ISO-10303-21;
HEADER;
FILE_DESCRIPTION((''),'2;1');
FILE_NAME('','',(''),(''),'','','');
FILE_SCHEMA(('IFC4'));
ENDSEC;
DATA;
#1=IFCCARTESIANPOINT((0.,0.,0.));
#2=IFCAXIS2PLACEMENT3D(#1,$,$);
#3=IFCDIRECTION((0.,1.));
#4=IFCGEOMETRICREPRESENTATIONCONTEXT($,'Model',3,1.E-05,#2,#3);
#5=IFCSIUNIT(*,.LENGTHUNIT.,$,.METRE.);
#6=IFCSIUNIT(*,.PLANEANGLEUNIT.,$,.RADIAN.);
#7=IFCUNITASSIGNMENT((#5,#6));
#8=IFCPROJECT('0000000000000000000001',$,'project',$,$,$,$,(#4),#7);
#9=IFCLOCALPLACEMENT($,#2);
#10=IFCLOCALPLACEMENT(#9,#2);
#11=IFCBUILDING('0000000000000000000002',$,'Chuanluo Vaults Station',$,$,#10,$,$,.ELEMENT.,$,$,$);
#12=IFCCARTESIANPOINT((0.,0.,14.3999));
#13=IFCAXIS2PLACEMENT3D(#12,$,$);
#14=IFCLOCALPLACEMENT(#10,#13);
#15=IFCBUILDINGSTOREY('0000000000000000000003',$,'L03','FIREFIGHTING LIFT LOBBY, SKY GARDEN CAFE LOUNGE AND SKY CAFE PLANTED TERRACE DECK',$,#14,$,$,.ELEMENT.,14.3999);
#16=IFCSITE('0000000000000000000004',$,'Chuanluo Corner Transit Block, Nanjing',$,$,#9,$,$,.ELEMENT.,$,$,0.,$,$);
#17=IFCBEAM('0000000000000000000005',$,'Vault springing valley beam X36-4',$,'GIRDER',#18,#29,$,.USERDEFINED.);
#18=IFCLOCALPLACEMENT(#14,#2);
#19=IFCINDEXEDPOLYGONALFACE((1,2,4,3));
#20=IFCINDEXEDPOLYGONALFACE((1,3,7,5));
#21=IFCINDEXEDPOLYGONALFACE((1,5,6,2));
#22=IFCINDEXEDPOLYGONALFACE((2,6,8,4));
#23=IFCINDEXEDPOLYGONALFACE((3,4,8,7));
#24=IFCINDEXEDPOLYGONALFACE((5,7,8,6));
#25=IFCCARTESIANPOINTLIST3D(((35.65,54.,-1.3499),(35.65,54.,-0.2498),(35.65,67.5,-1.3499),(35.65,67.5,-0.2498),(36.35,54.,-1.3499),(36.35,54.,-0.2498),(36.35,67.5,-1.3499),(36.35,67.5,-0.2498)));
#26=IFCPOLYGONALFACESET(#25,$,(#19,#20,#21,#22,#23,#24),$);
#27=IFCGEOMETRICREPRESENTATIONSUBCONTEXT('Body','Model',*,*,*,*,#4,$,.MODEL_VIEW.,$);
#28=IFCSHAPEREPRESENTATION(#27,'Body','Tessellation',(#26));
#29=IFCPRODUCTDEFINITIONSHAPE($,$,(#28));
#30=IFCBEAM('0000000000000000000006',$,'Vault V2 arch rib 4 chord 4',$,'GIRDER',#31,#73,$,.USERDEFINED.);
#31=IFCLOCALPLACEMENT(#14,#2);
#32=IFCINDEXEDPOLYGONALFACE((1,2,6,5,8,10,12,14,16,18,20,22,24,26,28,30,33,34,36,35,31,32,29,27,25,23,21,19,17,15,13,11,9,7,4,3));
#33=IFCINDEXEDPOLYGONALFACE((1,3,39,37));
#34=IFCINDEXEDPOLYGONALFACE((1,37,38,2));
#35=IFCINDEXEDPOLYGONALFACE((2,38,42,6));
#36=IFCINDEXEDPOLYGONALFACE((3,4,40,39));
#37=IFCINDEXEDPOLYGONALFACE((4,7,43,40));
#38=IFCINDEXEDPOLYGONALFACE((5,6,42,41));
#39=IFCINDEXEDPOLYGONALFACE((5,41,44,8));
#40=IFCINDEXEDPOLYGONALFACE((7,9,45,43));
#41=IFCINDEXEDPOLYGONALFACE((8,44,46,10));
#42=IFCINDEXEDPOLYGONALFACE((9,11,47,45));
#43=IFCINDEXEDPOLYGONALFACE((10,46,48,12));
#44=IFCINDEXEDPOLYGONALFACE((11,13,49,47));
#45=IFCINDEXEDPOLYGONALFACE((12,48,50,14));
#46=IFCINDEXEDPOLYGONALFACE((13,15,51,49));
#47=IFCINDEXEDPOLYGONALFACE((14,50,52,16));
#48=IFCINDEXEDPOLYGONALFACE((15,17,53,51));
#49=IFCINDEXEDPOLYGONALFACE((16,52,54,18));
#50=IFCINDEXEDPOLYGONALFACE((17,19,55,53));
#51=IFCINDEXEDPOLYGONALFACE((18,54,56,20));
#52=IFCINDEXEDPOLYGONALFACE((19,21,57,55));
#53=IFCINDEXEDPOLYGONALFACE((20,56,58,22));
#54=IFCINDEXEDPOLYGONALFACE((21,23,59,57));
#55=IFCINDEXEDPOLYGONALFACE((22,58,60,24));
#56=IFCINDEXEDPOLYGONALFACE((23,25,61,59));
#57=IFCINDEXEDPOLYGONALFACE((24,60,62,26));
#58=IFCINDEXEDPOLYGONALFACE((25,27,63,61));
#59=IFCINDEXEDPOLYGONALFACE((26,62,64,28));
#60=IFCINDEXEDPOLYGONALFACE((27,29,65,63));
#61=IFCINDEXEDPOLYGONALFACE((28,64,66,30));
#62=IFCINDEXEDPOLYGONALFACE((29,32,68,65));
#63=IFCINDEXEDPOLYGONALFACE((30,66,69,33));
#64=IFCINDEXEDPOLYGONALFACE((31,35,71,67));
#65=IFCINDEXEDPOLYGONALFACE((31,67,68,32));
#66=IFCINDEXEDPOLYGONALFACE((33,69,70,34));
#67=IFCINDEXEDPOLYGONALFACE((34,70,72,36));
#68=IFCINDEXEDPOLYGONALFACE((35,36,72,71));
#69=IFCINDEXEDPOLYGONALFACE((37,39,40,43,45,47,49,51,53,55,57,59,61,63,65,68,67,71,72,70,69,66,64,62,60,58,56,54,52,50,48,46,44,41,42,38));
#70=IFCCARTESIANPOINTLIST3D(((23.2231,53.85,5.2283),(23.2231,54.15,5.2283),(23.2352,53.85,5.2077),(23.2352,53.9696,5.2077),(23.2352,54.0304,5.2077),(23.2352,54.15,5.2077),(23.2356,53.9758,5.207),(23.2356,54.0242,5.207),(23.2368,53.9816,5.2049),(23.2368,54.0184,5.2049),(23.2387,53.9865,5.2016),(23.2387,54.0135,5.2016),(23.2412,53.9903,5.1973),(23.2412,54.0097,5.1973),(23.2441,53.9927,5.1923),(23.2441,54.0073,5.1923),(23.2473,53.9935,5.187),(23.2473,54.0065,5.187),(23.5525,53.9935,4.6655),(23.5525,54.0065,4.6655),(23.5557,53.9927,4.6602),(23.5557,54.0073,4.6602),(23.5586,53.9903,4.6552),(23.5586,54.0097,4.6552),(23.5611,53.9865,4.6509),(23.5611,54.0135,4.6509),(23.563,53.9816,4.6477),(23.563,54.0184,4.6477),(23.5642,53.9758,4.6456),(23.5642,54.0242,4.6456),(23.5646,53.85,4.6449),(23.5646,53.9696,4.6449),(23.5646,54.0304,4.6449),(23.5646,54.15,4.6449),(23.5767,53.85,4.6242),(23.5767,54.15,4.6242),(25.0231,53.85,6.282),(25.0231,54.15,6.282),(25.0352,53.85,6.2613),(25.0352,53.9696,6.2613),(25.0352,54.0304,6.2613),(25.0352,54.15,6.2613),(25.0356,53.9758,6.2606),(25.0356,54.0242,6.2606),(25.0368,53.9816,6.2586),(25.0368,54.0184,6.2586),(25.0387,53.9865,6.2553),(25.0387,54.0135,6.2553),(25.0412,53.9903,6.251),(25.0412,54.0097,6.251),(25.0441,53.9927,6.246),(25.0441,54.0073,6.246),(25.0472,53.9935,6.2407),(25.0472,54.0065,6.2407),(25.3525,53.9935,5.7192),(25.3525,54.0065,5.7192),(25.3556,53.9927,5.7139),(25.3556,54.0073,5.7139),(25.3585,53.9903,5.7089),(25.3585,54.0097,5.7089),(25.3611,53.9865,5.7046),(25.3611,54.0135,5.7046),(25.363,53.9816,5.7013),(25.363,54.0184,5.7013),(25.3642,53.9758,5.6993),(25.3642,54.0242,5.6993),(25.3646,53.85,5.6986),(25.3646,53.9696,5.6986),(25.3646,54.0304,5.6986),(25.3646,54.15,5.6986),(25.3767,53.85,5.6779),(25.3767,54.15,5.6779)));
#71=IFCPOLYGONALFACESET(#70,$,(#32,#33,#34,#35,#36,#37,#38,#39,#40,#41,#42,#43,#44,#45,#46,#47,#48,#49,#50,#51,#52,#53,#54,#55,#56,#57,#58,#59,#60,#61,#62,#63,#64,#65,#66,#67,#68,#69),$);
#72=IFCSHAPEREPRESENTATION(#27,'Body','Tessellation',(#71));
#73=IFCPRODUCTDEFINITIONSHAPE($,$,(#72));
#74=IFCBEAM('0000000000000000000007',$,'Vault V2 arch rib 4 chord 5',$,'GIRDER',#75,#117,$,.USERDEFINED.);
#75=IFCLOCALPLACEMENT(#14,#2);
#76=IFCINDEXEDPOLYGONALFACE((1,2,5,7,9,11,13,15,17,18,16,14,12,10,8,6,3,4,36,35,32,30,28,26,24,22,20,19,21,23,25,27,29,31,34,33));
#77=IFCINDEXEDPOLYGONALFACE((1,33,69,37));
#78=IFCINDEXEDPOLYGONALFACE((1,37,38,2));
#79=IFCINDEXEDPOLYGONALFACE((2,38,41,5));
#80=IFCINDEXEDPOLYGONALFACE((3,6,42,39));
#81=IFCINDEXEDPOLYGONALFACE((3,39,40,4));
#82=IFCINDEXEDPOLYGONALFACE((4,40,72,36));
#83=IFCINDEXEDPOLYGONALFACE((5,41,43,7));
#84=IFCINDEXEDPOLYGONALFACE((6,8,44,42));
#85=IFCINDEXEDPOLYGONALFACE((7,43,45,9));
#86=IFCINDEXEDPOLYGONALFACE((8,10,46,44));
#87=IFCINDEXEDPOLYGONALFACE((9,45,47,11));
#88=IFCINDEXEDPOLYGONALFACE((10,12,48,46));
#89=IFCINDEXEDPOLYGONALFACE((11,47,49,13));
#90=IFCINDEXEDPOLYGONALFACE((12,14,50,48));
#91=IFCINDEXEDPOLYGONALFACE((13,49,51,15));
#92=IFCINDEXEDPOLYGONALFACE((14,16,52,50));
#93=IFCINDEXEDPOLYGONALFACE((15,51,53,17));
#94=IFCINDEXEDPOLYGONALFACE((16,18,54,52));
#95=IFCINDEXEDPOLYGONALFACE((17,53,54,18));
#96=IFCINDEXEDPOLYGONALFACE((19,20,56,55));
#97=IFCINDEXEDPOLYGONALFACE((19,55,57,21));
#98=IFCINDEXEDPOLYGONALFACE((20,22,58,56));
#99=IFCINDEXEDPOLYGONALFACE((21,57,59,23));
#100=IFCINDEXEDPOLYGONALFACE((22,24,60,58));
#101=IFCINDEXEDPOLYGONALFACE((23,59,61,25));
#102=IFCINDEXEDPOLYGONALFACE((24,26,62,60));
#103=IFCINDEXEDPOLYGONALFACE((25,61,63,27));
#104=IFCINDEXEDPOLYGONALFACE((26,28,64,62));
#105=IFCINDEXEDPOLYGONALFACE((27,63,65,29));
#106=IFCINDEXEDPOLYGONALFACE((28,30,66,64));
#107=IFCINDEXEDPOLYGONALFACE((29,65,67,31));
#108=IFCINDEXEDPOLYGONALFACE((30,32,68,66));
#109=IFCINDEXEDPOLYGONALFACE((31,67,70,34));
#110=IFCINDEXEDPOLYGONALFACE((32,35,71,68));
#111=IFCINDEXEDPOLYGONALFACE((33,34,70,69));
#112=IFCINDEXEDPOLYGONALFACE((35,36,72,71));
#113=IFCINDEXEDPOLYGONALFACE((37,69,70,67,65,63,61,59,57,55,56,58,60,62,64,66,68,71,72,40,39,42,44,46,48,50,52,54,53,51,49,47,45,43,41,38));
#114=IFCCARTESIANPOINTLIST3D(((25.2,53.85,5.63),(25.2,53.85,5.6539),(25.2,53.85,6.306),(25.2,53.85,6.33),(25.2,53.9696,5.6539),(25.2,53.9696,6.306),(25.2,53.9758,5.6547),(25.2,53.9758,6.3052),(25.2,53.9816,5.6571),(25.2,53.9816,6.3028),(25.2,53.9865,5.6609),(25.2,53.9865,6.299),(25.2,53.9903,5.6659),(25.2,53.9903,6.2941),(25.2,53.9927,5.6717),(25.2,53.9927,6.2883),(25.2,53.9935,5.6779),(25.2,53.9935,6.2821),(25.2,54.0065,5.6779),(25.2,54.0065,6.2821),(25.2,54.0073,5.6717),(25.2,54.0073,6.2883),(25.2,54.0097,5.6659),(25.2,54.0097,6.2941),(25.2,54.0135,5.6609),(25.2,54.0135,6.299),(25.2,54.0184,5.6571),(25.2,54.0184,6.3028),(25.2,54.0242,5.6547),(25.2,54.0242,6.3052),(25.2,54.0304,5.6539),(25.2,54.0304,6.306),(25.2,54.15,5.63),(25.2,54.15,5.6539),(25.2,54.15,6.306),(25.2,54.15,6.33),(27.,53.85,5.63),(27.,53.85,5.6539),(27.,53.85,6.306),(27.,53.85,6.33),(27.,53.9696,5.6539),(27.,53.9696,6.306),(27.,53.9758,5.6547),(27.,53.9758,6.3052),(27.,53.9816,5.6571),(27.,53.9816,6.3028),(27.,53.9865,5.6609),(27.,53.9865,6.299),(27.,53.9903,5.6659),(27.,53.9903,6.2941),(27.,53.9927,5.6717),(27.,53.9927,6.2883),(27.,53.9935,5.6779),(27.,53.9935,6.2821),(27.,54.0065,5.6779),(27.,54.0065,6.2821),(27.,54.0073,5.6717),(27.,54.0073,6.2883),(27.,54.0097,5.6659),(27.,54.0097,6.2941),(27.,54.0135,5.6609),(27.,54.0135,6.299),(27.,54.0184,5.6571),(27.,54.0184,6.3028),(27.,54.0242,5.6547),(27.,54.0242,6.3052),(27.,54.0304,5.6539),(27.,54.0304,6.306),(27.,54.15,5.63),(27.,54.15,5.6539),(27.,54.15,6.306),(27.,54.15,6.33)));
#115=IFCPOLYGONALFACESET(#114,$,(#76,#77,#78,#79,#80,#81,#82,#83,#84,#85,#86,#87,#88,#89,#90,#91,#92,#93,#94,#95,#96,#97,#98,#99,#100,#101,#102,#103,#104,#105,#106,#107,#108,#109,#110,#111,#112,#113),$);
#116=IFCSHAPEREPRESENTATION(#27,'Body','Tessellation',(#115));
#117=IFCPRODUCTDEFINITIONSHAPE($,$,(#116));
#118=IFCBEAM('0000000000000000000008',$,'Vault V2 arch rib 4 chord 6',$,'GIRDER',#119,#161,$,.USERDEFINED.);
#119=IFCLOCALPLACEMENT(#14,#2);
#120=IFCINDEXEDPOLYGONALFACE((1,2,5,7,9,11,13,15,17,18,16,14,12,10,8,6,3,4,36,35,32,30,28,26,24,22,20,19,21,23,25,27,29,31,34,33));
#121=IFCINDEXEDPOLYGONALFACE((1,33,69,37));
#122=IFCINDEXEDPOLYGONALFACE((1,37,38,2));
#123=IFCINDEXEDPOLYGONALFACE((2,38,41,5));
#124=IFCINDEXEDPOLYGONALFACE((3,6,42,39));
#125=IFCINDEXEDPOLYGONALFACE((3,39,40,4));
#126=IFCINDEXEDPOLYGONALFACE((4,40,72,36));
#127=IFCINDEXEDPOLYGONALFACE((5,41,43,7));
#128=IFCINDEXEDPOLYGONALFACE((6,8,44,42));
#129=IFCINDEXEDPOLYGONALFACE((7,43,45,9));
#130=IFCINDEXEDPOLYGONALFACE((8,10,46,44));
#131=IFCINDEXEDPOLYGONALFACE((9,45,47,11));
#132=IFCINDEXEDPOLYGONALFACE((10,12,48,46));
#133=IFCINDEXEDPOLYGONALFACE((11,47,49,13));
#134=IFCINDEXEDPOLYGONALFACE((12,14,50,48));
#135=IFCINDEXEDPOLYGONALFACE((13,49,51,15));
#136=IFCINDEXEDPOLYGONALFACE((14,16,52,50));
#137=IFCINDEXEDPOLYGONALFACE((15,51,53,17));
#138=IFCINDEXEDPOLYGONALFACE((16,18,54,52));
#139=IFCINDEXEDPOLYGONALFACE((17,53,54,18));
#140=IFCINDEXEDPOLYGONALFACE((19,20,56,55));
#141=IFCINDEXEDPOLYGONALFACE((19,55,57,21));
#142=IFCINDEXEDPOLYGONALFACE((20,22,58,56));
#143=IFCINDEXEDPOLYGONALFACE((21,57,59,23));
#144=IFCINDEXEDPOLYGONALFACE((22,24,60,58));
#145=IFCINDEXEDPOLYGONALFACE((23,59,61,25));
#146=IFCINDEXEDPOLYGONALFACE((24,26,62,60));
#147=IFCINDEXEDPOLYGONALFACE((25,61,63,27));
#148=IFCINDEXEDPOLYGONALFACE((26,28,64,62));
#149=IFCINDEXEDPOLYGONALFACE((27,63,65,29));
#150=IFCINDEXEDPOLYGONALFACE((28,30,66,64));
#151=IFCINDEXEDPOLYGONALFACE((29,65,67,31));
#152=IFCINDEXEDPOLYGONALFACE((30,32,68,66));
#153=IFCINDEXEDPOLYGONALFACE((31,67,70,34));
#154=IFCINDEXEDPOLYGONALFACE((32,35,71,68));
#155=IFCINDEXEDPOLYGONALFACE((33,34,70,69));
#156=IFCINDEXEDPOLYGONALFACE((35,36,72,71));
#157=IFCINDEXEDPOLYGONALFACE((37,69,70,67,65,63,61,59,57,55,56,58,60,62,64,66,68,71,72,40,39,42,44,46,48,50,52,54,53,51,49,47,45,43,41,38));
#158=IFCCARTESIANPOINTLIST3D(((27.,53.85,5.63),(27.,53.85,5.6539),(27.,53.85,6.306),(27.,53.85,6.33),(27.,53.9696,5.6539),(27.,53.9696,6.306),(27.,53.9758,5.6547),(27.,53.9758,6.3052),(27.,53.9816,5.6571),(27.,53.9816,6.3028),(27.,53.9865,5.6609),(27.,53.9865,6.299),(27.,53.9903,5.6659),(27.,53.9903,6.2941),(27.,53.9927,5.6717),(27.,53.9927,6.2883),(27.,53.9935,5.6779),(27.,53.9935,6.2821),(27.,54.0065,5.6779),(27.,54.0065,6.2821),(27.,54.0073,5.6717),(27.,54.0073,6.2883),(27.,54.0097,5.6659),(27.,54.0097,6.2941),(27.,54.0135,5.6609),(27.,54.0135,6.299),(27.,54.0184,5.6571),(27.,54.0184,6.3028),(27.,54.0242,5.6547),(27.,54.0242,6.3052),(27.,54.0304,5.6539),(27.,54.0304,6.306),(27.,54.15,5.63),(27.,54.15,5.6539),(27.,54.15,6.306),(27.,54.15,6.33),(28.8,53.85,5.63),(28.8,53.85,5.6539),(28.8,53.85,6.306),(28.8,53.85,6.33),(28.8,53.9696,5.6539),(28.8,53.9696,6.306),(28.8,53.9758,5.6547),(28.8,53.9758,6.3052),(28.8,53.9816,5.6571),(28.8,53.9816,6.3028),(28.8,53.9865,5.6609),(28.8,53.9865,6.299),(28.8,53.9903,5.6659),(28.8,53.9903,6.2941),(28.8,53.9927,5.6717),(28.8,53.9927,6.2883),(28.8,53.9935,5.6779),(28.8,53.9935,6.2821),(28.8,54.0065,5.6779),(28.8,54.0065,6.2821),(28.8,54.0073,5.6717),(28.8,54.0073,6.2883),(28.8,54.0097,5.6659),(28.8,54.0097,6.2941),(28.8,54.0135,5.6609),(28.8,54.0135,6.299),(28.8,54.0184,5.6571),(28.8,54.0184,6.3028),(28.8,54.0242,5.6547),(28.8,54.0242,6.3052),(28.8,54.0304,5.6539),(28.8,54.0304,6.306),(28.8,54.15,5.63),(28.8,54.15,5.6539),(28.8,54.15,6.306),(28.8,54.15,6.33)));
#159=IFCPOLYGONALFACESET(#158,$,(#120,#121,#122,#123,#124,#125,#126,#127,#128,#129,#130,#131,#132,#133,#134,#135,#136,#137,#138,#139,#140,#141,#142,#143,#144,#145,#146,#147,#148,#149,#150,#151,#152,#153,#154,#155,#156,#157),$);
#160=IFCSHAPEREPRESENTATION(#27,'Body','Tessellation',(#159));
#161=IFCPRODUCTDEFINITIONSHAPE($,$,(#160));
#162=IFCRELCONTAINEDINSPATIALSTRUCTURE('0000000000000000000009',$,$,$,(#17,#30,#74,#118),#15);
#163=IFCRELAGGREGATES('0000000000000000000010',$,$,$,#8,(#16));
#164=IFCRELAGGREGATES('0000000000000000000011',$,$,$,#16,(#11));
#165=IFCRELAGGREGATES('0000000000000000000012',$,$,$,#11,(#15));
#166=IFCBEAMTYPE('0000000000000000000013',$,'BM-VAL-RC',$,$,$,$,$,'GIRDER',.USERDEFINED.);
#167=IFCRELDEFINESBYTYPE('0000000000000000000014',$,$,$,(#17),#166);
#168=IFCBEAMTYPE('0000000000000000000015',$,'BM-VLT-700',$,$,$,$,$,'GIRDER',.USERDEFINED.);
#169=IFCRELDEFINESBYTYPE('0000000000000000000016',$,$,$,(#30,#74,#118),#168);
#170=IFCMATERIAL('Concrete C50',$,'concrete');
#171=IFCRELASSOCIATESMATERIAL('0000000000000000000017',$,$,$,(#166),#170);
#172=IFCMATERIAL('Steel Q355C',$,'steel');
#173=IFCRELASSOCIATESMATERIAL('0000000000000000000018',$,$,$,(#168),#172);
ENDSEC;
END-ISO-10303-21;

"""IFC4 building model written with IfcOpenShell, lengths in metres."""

from ifc_helpers import new_model, si_unit, direction, frame, origin, origin_2d, place, context, subcontext, project, spatial, rectangle, i_section, extrude, material, material_profile, profile_set, type_object, element, save


model = new_model("IFC4")

# Units and contexts
model_context = context("Model", 3, precision=1e-05, world=origin(), true_north=direction((0.0, 1.0)))
body_context = subcontext(model_context, "Body", "Model", "MODEL_VIEW")
ifc_project = project(units=[si_unit("LENGTHUNIT", "METRE"), si_unit("PLANEANGLEUNIT", "RADIAN")], contexts=[model_context])

# Site, building, storey
site_placement = place(None, origin())
site = spatial("IfcSite", under=ifc_project, at=site_placement, Name="Chuanluo Corner Transit Block, Nanjing", CompositionType="ELEMENT", RefElevation=0.0)
building_placement = place(site_placement, origin())
building = spatial("IfcBuilding", under=site, at=building_placement, Name="Chuanluo Vaults Station", CompositionType="ELEMENT")
storey_placement = place(building_placement, frame((0.0, 0.0, 14.3999)))
storey = spatial("IfcBuildingStorey", under=building, at=storey_placement, Name="L03", Description="FIREFIGHTING LIFT LOBBY, SKY GARDEN CAFE LOUNGE AND SKY CAFE PLANTED TERRACE DECK", CompositionType="ELEMENT", Elevation=14.3999)

# Beams
ifc_material_1 = material(Name="Concrete C50", Category="concrete")
ifc_material_profile_1 = material_profile(ifc_material_1, rectangle(XDim=0.7, YDim=1.1001, at=origin_2d()))
ifc_profile_set_1 = profile_set([ifc_material_profile_1], Name="Concrete C50")
beam_type_1 = type_object("IfcBeamType", Name="BM-VAL-RC", ElementType="GIRDER", PredefinedType="USERDEFINED", material=ifc_profile_set_1)
beam_1_placement = place(storey_placement, frame((36.0, 54.0, -0.7998), z_axis=(0.0, 1.0, 0.0), x_axis=(-1.0, 0.0, 0.0)))
element("IfcBeam", 1, at=beam_1_placement, inside=storey, type_object=beam_type_1, Name="Vault springing valley beam X36-4", ObjectType="GIRDER", PredefinedType="USERDEFINED", context=body_context, shape_type="SweptSolid", body=[
    extrude(rectangle(XDim=0.7, YDim=1.1001, at=origin_2d()), origin(), (0.0, 0.0, 1.0), 13.5),
])
ifc_material_2 = material(Name="Steel Q355C", Category="steel")
ifc_material_profile_2 = material_profile(ifc_material_2, i_section(OverallWidth=0.3, OverallDepth=0.7, WebThickness=0.0129, FlangeThickness=0.0239, FilletRadius=0.0239, at=origin_2d()))
ifc_profile_set_2 = profile_set([ifc_material_profile_2], Name="Steel Q355C")
beam_type_2 = type_object("IfcBeamType", Name="BM-VLT-700", ElementType="GIRDER", PredefinedType="USERDEFINED", material=ifc_profile_set_2)
beam_2_placement = place(storey_placement, frame((23.3999, 54.0, 4.9263), z_axis=(0.863009, 0.0, 0.505188), x_axis=(0.0, 1.0, 0.0)))
element("IfcBeam", 2, at=beam_2_placement, inside=storey, type_object=beam_type_2, Name="Vault V2 arch rib 4 chord 4", ObjectType="GIRDER", PredefinedType="USERDEFINED", context=body_context, shape_type="SweptSolid", body=[
    extrude(i_section(OverallWidth=0.3, OverallDepth=0.7, WebThickness=0.0129, FlangeThickness=0.0239, FilletRadius=0.0239, at=origin_2d()), origin(), (0.0, 0.0, 1.0), 2.0857),
])
for number, where, z_axis, x_axis, name in (
    (3, (25.2, 54.0, 5.98), (1.0, 0.0, 0.0), (0.0, 1.0, 0.0), "Vault V2 arch rib 4 chord 5"),
    (4, (27.0, 54.0, 5.98), (1.0, 0.0, 0.0), (0.0, 1.0, 0.0), "Vault V2 arch rib 4 chord 6"),
):
    element("IfcBeam", number, at=place(storey_placement, frame(where, z_axis=z_axis, x_axis=x_axis)), inside=storey, type_object=beam_type_2, Name=name, ObjectType="GIRDER", PredefinedType="USERDEFINED", context=body_context, shape_type="SweptSolid", body=[
        extrude(i_section(OverallWidth=0.3, OverallDepth=0.7, WebThickness=0.0129, FlangeThickness=0.0239, FilletRadius=0.0239, at=origin_2d()), origin(), (0.0, 0.0, 1.0), 1.8),
    ])

save(model, "model.ifc")
